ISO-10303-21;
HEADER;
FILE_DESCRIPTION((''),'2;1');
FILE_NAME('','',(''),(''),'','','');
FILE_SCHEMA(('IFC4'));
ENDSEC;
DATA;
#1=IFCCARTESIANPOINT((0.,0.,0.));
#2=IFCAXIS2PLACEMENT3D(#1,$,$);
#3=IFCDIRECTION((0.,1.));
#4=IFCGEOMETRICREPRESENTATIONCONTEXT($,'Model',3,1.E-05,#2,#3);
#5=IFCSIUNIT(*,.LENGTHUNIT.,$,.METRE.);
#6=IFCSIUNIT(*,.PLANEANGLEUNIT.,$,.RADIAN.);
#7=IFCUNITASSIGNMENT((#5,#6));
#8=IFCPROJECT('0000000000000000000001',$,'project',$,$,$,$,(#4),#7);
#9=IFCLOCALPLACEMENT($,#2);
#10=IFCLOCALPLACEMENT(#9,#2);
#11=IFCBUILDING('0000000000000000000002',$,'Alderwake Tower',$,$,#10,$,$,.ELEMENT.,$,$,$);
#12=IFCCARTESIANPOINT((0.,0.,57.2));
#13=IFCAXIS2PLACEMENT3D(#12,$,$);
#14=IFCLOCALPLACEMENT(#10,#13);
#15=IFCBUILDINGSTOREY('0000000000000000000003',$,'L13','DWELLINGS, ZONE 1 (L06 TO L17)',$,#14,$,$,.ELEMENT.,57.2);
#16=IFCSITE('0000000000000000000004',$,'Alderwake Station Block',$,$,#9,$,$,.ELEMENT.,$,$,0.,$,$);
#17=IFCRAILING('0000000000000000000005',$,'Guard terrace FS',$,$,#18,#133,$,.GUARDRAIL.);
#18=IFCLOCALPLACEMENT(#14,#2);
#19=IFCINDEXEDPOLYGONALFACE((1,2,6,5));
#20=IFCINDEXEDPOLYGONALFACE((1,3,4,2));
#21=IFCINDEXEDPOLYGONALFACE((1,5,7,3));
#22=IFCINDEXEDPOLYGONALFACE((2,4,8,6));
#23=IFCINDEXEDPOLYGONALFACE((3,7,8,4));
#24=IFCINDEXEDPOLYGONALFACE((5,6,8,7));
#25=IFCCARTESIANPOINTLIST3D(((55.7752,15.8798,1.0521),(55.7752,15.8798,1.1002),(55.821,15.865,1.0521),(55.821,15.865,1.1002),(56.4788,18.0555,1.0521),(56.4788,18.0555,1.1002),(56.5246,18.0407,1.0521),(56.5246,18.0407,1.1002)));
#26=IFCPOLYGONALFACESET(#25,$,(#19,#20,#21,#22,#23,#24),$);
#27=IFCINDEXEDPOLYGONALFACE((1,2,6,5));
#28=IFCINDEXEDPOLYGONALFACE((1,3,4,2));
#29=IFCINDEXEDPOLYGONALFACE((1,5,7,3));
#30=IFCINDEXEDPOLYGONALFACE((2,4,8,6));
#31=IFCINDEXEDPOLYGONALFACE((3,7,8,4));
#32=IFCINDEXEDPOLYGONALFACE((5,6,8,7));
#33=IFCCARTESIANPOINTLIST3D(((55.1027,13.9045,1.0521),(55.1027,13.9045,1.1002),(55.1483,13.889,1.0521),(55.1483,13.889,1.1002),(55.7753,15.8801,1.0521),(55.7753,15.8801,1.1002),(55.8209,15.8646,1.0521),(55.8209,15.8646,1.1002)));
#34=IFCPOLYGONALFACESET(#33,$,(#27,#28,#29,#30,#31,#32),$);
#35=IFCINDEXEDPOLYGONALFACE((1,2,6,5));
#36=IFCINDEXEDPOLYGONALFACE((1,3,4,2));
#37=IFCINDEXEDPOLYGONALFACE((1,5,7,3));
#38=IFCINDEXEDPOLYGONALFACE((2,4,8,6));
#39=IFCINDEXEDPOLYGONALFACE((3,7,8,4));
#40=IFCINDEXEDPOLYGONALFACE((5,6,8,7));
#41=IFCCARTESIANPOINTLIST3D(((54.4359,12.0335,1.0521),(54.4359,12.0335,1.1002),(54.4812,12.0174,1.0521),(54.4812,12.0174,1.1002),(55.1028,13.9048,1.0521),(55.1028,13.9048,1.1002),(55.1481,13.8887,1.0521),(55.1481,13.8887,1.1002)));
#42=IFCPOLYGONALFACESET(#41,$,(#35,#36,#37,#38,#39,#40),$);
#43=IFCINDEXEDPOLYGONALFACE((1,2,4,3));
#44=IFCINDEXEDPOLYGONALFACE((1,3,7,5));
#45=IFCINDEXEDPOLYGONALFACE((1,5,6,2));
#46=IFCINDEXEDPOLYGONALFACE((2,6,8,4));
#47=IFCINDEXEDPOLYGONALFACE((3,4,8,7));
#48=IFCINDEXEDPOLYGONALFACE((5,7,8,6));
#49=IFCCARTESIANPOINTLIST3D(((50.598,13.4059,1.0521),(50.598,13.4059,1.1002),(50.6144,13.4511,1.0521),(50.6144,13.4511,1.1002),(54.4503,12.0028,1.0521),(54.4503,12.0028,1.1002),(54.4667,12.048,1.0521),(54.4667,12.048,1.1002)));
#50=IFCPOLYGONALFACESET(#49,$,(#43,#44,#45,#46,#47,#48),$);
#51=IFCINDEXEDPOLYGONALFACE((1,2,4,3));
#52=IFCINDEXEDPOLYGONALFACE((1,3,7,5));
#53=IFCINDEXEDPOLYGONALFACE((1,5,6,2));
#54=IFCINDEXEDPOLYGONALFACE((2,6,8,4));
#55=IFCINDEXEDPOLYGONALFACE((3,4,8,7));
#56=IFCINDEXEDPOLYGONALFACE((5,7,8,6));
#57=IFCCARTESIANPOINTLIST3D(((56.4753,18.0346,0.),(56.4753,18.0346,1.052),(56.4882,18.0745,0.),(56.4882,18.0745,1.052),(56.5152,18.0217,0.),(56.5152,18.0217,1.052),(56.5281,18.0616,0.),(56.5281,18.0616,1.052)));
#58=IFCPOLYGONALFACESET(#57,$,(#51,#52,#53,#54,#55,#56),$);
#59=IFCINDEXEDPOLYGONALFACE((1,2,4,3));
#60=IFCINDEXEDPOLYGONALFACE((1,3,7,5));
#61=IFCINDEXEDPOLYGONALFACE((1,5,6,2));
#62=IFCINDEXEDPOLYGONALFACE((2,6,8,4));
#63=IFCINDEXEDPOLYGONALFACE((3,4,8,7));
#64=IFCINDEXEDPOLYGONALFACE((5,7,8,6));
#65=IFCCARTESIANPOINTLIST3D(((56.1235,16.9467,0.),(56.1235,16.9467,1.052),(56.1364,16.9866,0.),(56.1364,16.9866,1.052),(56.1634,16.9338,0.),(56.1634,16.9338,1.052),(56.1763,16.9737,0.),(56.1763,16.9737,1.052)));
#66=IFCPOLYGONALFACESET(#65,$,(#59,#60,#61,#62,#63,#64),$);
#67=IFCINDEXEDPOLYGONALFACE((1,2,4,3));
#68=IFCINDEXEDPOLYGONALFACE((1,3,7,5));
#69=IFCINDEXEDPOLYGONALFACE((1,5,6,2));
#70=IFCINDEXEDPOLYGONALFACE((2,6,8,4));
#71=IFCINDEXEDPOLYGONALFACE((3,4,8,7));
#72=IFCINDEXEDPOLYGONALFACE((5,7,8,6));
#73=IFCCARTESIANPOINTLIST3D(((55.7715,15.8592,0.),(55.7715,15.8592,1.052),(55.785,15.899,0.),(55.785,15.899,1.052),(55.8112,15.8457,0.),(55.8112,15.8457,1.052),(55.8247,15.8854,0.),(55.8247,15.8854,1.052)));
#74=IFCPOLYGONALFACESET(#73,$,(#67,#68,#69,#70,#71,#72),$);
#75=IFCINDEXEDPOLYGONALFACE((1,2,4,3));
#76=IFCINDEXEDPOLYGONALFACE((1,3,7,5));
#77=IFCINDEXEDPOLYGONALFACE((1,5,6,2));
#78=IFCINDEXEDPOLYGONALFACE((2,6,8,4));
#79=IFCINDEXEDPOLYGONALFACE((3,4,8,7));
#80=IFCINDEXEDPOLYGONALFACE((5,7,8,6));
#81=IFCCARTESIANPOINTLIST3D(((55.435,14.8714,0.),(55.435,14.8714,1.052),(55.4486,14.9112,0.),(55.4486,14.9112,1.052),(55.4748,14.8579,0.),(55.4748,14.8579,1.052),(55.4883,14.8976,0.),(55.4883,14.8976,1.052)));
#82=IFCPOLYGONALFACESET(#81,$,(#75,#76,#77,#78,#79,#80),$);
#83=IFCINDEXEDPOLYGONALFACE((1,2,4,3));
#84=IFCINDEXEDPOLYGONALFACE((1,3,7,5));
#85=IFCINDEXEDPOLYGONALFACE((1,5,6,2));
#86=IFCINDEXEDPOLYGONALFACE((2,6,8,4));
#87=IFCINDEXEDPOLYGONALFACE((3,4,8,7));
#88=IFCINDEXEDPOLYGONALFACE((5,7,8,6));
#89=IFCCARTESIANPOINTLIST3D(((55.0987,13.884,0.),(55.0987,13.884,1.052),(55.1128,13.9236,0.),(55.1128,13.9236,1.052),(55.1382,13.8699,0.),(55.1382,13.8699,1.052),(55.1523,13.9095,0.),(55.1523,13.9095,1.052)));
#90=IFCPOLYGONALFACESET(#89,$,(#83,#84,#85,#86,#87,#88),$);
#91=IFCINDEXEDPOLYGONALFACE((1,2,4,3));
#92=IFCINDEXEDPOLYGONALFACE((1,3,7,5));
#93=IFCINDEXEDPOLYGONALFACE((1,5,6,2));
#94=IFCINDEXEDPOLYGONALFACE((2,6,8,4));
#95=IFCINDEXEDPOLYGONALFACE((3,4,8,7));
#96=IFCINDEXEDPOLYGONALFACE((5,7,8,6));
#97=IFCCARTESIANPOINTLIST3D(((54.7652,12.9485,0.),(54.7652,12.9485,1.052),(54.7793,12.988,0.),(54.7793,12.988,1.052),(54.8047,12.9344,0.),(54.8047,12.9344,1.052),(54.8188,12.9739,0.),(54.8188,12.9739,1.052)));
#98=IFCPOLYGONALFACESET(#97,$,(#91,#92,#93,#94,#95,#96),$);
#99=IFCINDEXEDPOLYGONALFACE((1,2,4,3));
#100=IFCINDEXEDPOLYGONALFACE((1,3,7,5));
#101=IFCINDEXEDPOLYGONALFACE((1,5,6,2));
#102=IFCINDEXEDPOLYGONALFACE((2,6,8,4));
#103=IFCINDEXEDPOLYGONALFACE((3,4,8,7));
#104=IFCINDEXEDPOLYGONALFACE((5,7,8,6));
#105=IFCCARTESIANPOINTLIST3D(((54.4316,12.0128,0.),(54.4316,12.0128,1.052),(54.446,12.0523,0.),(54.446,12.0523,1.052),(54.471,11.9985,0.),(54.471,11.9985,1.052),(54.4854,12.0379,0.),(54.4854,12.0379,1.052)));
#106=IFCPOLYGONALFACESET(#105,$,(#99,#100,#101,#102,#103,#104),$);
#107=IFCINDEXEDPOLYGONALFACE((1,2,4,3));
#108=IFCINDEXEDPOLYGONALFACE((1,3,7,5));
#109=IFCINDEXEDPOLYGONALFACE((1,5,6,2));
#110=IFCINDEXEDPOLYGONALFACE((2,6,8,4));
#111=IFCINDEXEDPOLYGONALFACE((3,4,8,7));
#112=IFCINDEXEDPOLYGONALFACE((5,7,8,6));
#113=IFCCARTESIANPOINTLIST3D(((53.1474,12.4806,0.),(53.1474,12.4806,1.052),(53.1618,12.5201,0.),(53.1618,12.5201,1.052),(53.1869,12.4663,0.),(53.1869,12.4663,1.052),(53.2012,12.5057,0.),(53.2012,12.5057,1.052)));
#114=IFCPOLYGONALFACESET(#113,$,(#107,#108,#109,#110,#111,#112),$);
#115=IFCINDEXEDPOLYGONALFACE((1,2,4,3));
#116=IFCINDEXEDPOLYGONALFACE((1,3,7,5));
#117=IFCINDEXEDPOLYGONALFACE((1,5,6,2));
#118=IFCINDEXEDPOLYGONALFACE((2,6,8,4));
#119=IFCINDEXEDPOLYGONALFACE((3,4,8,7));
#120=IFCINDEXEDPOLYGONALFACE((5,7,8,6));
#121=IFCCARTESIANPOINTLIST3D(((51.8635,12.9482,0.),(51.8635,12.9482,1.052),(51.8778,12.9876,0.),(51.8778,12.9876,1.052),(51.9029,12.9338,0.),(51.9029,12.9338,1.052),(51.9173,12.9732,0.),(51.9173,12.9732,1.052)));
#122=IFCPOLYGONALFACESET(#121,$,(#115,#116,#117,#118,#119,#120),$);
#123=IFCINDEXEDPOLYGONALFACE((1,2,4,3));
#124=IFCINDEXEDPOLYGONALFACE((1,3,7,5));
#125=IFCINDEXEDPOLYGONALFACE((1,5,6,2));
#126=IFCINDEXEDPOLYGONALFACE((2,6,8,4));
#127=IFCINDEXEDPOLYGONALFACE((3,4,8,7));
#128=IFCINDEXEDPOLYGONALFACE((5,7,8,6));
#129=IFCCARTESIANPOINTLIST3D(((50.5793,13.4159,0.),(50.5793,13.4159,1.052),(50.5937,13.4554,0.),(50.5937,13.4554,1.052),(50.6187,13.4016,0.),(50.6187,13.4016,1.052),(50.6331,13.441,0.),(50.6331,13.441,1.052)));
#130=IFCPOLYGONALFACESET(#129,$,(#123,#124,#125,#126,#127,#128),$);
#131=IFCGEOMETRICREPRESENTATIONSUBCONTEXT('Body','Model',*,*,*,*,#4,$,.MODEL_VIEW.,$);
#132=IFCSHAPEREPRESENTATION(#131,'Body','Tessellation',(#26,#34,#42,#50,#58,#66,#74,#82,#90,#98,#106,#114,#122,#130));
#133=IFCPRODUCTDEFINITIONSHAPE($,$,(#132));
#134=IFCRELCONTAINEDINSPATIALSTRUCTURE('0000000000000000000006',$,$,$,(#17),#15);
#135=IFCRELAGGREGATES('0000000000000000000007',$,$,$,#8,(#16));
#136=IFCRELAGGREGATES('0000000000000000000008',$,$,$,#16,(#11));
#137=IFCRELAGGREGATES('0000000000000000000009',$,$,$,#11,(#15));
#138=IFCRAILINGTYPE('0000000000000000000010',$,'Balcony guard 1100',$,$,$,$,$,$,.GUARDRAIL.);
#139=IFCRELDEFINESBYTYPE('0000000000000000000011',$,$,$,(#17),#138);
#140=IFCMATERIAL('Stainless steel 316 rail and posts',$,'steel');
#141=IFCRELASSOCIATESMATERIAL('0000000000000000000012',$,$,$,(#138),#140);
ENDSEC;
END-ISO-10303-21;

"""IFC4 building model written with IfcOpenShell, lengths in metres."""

from ifc_helpers import new_model, si_unit, direction, frame, origin, origin_2d, place, context, subcontext, project, spatial, rectangle, extrude, material, type_object, element, save


model = new_model("IFC4")

# Units and contexts
model_context = context("Model", 3, precision=1e-05, world=origin(), true_north=direction((0.0, 1.0)))
body_context = subcontext(model_context, "Body", "Model", "MODEL_VIEW")
ifc_project = project(units=[si_unit("LENGTHUNIT", "METRE"), si_unit("PLANEANGLEUNIT", "RADIAN")], contexts=[model_context])

# Site, building, storey
site_placement = place(None, origin())
site = spatial("IfcSite", under=ifc_project, at=site_placement, Name="Alderwake Station Block", CompositionType="ELEMENT", RefElevation=0.0)
building_placement = place(site_placement, origin())
building = spatial("IfcBuilding", under=site, at=building_placement, Name="Alderwake Tower", CompositionType="ELEMENT")
storey_placement = place(building_placement, frame((0.0, 0.0, 57.2)))
storey = spatial("IfcBuildingStorey", under=building, at=storey_placement, Name="L13", Description="DWELLINGS, ZONE 1 (L06 TO L17)", CompositionType="ELEMENT", Elevation=57.2)

# Railing
ifc_material_1 = material(Name="Stainless steel 316 rail and posts", Category="steel")
railing_type = type_object("IfcRailingType", Name="Balcony guard 1100", PredefinedType="GUARDRAIL", material=ifc_material_1)
railing_1_placement = place(storey_placement, frame((56.5017, 18.0481, 0.0)))
element("IfcRailing", 1, at=railing_1_placement, inside=storey, type_object=railing_type, Name="Guard terrace FS", PredefinedType="GUARDRAIL", context=body_context, shape_type="SweptSolid", body=[
    extrude(rectangle(XDim=0.0481, YDim=0.0481, at=origin_2d()), frame((0.0, 0.0, 1.0762), z_axis=(-0.307695, -0.951485, 0.0), x_axis=(0.951485, -0.307695, 0.0)), (0.0, 0.0, 1.0), 2.2866),
    extrude(rectangle(XDim=0.0481, YDim=0.0481, at=origin_2d()), frame((-0.7036, -2.1758, 1.0762), z_axis=(-0.322293, -0.94664, 0.0), x_axis=(0.94664, -0.322293, 0.0)), (0.0, 0.0, 1.0), 2.0869),
    extrude(rectangle(XDim=0.0481, YDim=0.0481, at=origin_2d()), frame((-1.3762, -4.1514, 1.0762), z_axis=(-0.335737, -0.941956, 0.0), x_axis=(0.941956, -0.335737, 0.0)), (0.0, 0.0, 1.0), 1.9866),
    extrude(rectangle(XDim=0.0481, YDim=0.0481, at=origin_2d()), frame((-2.0432, -6.0227, 1.0762), z_axis=(-0.939618, 0.342226, 0.0), x_axis=(-0.342226, -0.939618, 0.0)), (0.0, 0.0, 1.0), 4.0999),
    extrude(rectangle(XDim=0.042, YDim=0.042, at=origin_2d()), frame((0.0, 0.0, 0.0), z_axis=(0.0, 0.0, 1.0), x_axis=(-0.307695, -0.951485, 0.0)), (0.0, 0.0, 1.0), 1.052),
    extrude(rectangle(XDim=0.042, YDim=0.042, at=origin_2d()), frame((-0.3518, -1.0879, 0.0), z_axis=(0.0, 0.0, 1.0), x_axis=(-0.307695, -0.951485, 0.0)), (0.0, 0.0, 1.0), 1.052),
    extrude(rectangle(XDim=0.042, YDim=0.042, at=origin_2d()), frame((-0.7036, -2.1758, 0.0), z_axis=(0.0, 0.0, 1.0), x_axis=(-0.322293, -0.94664, 0.0)), (0.0, 0.0, 1.0), 1.052),
    extrude(rectangle(XDim=0.042, YDim=0.042, at=origin_2d()), frame((-1.04, -3.1636, 0.0), z_axis=(0.0, 0.0, 1.0), x_axis=(-0.322293, -0.94664, 0.0)), (0.0, 0.0, 1.0), 1.052),
    extrude(rectangle(XDim=0.042, YDim=0.042, at=origin_2d()), frame((-1.3762, -4.1514, 0.0), z_axis=(0.0, 0.0, 1.0), x_axis=(-0.335737, -0.941956, 0.0)), (0.0, 0.0, 1.0), 1.052),
    extrude(rectangle(XDim=0.042, YDim=0.042, at=origin_2d()), frame((-1.7097, -5.0869, 0.0), z_axis=(0.0, 0.0, 1.0), x_axis=(-0.335737, -0.941956, 0.0)), (0.0, 0.0, 1.0), 1.052),
    extrude(rectangle(XDim=0.042, YDim=0.042, at=origin_2d()), frame((-2.0432, -6.0227, 0.0), z_axis=(0.0, 0.0, 1.0), x_axis=(-0.939618, 0.342226, 0.0)), (0.0, 0.0, 1.0), 1.052),
    extrude(rectangle(XDim=0.042, YDim=0.042, at=origin_2d()), frame((-3.3274, -5.5549, 0.0), z_axis=(0.0, 0.0, 1.0), x_axis=(-0.939618, 0.342226, 0.0)), (0.0, 0.0, 1.0), 1.052),
    extrude(rectangle(XDim=0.042, YDim=0.042, at=origin_2d()), frame((-4.6113, -5.0874, 0.0), z_axis=(0.0, 0.0, 1.0), x_axis=(-0.939618, 0.342226, 0.0)), (0.0, 0.0, 1.0), 1.052),
    extrude(rectangle(XDim=0.042, YDim=0.042, at=origin_2d()), frame((-5.8955, -4.6196, 0.0), z_axis=(0.0, 0.0, 1.0), x_axis=(-0.939618, 0.342226, 0.0)), (0.0, 0.0, 1.0), 1.052),
])

save(model, "model.ifc")
